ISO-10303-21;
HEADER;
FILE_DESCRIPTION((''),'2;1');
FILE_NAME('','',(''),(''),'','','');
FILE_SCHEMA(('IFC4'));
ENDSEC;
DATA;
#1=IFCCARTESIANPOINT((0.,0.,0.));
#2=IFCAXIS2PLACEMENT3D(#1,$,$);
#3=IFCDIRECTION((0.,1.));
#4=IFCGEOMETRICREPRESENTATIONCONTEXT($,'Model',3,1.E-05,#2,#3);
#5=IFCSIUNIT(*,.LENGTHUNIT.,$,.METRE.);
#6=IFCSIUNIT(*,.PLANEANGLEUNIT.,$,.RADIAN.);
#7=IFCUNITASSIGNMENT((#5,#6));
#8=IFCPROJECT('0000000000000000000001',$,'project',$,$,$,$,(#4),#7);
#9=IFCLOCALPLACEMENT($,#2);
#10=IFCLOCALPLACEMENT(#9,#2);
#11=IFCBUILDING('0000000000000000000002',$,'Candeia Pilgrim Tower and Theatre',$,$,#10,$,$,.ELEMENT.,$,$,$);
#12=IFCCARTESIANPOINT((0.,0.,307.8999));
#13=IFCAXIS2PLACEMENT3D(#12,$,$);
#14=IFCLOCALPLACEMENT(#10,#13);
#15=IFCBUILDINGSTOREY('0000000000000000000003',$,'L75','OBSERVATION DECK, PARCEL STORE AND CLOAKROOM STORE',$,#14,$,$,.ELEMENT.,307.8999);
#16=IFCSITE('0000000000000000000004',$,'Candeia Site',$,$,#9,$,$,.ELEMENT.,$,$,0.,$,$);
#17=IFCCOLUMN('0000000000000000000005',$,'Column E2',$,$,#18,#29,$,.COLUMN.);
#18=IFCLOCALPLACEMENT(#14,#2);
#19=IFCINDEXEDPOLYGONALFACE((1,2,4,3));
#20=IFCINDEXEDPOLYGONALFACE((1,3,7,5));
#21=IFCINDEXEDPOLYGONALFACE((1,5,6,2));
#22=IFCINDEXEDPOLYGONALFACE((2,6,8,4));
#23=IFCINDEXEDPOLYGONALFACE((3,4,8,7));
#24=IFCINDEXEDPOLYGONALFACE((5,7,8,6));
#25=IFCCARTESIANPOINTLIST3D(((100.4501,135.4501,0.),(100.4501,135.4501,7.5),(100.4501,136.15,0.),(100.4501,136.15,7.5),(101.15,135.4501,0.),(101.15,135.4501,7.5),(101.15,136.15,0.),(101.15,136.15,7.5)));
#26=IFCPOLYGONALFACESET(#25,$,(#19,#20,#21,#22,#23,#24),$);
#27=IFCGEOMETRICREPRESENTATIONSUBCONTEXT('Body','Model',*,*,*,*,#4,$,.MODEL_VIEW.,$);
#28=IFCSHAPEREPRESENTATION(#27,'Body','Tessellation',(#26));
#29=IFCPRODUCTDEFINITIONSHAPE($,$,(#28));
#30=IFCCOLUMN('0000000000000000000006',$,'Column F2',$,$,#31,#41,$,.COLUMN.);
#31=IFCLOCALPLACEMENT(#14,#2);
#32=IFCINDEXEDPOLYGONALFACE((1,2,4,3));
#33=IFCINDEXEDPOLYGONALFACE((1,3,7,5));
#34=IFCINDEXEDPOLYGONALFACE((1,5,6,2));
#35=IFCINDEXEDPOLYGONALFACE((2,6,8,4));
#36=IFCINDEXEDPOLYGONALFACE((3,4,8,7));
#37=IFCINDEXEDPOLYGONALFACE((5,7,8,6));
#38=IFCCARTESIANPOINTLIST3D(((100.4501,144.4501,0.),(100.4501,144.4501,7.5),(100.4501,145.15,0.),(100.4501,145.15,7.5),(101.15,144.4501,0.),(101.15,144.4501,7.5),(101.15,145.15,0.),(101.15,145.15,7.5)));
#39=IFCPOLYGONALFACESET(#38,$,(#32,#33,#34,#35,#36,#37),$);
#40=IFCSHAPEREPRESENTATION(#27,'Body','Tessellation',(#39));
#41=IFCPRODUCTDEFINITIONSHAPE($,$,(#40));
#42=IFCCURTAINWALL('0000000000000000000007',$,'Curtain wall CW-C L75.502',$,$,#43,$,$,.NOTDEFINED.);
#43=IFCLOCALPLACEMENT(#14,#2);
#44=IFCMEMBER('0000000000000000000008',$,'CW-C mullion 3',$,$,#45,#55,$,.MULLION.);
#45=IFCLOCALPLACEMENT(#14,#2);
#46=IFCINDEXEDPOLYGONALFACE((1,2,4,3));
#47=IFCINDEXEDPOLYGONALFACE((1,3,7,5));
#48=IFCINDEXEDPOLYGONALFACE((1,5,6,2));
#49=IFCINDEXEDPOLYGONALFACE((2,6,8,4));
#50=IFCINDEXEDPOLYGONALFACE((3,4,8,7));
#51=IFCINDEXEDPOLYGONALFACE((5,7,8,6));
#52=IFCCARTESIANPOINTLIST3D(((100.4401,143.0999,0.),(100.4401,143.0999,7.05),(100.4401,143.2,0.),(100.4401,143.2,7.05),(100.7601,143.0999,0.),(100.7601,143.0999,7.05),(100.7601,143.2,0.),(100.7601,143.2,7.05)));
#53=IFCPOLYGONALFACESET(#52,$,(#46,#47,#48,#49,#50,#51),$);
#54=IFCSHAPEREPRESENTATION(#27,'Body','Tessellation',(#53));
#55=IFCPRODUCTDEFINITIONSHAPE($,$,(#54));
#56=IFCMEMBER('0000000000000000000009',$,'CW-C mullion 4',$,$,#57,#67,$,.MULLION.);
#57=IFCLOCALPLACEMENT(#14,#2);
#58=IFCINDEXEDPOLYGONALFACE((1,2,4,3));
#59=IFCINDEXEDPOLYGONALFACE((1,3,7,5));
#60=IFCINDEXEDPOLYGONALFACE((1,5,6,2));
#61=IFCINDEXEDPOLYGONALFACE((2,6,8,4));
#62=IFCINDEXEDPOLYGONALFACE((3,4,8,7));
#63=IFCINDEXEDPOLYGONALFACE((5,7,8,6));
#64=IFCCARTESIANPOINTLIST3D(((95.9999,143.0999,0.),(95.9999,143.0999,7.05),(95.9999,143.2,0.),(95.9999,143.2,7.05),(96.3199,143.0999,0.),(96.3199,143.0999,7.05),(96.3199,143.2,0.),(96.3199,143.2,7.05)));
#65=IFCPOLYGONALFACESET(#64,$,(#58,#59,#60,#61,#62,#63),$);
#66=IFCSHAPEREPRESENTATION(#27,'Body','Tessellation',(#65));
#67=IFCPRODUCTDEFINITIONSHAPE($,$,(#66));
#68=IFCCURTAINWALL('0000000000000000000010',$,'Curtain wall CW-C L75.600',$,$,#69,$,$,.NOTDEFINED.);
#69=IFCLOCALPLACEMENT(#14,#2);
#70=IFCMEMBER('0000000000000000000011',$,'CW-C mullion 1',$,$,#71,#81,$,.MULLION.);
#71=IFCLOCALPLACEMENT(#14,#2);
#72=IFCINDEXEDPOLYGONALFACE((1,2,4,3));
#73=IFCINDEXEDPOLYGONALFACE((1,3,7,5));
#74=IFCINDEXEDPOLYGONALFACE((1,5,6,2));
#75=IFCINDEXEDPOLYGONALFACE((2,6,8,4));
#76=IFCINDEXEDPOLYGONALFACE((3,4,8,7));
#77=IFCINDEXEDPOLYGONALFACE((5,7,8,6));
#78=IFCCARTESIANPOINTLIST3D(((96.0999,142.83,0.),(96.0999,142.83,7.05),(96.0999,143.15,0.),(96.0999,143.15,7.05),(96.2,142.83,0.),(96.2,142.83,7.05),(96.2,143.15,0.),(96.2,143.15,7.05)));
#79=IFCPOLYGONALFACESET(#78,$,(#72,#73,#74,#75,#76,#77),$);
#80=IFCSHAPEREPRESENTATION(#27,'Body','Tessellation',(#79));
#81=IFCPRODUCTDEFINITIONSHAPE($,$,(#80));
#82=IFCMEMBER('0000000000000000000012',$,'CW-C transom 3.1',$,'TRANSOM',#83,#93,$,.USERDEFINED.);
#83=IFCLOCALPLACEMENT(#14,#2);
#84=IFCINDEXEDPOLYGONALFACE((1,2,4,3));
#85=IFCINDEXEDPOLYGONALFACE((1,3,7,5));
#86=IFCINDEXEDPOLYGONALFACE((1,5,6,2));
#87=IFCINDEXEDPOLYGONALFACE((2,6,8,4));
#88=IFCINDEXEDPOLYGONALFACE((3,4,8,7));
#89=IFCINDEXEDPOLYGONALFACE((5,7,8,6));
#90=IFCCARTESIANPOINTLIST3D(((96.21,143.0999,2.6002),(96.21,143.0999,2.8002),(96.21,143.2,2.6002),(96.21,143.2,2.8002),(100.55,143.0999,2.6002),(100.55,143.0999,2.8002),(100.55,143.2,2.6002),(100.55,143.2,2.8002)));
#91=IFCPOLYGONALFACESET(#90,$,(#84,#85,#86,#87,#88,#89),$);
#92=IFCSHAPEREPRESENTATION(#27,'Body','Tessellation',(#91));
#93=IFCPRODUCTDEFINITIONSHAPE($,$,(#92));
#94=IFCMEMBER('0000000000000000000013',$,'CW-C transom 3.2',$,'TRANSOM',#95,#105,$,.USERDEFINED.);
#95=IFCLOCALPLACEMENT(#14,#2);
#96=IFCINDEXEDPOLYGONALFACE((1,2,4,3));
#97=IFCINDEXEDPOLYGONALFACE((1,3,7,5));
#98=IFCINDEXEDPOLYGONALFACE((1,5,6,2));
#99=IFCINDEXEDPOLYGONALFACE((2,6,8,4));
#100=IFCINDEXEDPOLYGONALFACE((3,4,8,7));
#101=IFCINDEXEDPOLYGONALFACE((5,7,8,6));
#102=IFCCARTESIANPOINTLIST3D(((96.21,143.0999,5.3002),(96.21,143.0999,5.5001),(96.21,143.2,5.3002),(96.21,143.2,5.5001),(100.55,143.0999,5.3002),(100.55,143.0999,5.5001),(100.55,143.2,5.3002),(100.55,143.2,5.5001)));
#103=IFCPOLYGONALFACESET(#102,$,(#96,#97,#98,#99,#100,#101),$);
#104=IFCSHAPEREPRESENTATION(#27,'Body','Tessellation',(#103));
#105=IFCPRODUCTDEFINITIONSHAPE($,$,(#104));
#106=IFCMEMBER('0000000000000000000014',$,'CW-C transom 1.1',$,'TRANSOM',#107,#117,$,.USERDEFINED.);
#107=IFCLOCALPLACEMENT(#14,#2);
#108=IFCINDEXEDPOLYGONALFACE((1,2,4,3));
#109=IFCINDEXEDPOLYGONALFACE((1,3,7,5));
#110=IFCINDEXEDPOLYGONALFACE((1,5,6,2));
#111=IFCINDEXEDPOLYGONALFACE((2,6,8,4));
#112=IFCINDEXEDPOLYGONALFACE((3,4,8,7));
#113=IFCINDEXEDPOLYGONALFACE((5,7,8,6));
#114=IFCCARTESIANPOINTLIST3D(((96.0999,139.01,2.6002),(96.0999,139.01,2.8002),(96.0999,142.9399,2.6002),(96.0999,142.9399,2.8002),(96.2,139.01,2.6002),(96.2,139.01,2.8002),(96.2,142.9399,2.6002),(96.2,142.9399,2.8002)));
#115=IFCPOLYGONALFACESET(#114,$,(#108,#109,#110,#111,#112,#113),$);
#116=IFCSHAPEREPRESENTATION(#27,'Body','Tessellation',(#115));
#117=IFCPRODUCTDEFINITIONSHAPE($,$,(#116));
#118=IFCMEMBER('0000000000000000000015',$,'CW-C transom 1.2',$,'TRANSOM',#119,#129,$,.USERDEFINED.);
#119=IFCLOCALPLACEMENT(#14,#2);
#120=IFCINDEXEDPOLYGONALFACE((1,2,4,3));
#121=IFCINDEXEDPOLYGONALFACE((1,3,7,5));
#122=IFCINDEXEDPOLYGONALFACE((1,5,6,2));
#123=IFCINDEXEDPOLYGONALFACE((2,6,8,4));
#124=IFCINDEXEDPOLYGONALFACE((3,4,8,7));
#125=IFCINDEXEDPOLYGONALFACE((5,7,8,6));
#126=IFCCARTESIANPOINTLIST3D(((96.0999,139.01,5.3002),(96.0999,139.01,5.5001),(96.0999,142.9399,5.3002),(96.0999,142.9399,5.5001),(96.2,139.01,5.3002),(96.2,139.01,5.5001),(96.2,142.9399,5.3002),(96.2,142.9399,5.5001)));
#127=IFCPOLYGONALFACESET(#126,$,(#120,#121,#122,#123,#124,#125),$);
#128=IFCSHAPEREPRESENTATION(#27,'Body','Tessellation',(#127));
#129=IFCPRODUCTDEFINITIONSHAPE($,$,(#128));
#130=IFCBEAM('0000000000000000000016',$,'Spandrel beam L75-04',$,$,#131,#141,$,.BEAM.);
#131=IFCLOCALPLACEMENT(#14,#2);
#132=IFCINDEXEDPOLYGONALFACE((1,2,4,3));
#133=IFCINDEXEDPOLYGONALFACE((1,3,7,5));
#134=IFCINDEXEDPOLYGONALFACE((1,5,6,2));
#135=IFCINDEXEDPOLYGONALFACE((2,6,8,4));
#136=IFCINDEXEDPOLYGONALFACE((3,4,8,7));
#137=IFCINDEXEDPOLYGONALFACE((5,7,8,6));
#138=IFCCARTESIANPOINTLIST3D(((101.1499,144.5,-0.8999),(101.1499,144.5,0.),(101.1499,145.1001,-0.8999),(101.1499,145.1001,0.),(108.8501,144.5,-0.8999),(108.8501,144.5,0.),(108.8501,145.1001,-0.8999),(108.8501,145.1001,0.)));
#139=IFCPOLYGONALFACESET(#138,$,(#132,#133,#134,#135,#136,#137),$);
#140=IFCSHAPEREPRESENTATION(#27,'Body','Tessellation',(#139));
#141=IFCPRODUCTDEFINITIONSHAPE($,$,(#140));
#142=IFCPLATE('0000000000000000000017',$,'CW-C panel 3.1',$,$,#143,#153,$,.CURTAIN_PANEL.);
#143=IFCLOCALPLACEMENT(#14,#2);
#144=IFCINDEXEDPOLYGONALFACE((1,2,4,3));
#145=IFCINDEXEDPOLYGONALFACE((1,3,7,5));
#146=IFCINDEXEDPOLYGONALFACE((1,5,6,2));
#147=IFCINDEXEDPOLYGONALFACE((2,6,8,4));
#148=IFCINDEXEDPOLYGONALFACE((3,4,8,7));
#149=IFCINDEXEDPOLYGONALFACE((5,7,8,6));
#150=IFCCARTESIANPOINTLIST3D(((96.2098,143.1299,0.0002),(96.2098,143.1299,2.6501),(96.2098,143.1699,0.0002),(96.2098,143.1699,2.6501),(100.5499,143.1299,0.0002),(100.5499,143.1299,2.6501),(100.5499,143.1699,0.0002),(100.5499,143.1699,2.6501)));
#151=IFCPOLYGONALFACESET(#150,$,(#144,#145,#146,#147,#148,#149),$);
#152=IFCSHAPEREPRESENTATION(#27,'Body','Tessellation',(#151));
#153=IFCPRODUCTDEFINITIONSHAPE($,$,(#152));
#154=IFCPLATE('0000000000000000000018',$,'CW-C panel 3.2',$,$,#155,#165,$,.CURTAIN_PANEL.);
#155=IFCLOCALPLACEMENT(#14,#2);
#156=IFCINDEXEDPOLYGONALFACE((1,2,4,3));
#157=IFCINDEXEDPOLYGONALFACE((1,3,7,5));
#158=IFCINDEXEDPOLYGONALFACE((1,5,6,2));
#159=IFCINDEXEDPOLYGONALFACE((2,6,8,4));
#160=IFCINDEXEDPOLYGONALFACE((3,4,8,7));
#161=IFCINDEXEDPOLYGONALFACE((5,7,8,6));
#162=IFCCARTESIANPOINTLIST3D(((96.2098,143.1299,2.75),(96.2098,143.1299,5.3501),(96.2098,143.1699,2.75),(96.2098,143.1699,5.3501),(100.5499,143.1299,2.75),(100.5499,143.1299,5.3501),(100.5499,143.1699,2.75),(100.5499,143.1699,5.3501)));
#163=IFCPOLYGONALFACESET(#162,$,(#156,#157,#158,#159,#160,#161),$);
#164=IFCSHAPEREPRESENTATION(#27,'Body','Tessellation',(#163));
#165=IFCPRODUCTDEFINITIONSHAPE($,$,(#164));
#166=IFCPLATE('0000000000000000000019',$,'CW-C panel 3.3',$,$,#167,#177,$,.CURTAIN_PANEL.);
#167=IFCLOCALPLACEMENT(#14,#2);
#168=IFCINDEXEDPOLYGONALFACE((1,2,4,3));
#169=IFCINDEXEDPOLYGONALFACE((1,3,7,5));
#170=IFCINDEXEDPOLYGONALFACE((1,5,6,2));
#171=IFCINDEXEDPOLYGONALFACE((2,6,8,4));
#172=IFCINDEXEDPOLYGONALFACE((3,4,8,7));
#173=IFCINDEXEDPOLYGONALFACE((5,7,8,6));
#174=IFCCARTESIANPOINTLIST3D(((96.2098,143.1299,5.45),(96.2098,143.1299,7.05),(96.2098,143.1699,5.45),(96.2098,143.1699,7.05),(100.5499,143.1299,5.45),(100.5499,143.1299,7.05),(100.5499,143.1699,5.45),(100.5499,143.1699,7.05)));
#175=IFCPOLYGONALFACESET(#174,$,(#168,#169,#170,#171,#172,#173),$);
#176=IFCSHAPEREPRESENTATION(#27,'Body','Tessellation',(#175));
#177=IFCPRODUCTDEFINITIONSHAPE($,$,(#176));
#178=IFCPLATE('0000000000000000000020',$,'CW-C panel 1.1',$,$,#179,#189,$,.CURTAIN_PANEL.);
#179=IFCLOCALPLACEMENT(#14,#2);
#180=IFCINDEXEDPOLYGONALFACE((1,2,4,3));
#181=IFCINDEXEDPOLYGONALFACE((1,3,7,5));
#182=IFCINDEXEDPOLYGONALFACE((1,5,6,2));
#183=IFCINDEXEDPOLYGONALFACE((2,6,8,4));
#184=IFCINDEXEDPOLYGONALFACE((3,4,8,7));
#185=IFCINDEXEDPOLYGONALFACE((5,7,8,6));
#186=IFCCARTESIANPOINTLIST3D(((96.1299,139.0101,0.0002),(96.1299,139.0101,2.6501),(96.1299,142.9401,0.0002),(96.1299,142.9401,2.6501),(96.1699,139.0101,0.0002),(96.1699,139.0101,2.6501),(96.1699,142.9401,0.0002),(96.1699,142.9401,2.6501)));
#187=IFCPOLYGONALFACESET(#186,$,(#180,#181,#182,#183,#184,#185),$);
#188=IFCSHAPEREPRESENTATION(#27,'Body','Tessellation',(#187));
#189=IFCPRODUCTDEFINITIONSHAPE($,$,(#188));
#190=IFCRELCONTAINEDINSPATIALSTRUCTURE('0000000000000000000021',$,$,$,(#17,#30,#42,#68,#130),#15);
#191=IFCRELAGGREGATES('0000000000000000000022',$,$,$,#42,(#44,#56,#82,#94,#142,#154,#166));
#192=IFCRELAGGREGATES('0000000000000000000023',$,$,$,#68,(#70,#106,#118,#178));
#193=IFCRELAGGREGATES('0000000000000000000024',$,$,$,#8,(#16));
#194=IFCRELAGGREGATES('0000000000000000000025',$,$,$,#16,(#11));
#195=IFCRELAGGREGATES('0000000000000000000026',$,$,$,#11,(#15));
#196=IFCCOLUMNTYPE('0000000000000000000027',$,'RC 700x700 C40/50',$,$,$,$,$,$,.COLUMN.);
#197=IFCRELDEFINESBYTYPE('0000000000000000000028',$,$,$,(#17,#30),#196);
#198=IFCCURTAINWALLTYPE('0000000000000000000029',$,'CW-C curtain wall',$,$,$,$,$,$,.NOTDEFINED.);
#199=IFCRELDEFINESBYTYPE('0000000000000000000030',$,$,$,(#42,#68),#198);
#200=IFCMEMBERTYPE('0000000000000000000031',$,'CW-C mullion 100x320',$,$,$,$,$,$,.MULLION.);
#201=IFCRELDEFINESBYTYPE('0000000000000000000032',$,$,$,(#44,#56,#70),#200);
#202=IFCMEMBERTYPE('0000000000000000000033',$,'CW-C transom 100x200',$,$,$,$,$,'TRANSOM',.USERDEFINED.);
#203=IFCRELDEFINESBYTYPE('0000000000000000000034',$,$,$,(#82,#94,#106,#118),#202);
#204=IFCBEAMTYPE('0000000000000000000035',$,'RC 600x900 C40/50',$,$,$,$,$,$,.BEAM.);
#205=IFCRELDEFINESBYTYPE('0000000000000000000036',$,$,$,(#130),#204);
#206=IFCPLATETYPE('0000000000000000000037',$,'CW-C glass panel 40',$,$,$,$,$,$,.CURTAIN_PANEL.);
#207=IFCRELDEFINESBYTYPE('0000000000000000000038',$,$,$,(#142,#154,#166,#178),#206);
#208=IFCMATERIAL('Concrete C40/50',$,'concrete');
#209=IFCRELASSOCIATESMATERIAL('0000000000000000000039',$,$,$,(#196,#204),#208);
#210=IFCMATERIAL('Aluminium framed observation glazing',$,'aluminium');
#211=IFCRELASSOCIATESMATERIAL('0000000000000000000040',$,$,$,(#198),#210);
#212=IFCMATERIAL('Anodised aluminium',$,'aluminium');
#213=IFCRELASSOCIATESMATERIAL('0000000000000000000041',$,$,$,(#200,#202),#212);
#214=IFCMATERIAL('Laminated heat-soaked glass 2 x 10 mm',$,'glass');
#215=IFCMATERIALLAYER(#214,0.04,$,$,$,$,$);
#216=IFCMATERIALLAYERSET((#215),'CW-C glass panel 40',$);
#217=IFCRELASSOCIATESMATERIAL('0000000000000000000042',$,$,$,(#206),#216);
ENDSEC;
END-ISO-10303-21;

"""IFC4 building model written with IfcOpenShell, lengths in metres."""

from ifc_helpers import new_model, si_unit, direction, frame, origin, origin_2d, place, context, subcontext, project, spatial, rectangle, extrude, material, layer, layer_set, material_profile, profile_set, type_object, element, aggregate, save


model = new_model("IFC4")

# Units and contexts
model_context = context("Model", 3, precision=1e-05, world=origin(), true_north=direction((0.0, 1.0)))
body_context = subcontext(model_context, "Body", "Model", "MODEL_VIEW")
ifc_project = project(units=[si_unit("LENGTHUNIT", "METRE"), si_unit("PLANEANGLEUNIT", "RADIAN")], contexts=[model_context])

# Site, building, storey
site_placement = place(None, origin())
site = spatial("IfcSite", under=ifc_project, at=site_placement, Name="Candeia Site", CompositionType="ELEMENT", RefElevation=0.0)
building_placement = place(site_placement, origin())
building = spatial("IfcBuilding", under=site, at=building_placement, Name="Candeia Pilgrim Tower and Theatre", CompositionType="ELEMENT")
storey_placement = place(building_placement, frame((0.0, 0.0, 307.8999)))
storey = spatial("IfcBuildingStorey", under=building, at=storey_placement, Name="L75", Description="OBSERVATION DECK, PARCEL STORE AND CLOAKROOM STORE", CompositionType="ELEMENT", Elevation=307.8999)

# Columns
ifc_material_1 = material(Name="Concrete C40/50", Category="concrete")
ifc_material_profile_1 = material_profile(ifc_material_1, rectangle(XDim=0.7, YDim=0.7, at=origin_2d()))
ifc_profile_set_1 = profile_set([ifc_material_profile_1], Name="Concrete C40/50")
column_type = type_object("IfcColumnType", Name="RC 700x700 C40/50", PredefinedType="COLUMN", material=ifc_profile_set_1)
for number, where, z_axis, x_axis, name in (
    (1, (100.8, 135.8, 0.0), (0.0, 0.0, 1.0), (1.0, 0.0, 0.0), "Column E2"),
    (2, (100.8, 144.8, 0.0), (0.0, 0.0, 1.0), (1.0, 0.0, 0.0), "Column F2"),
):
    element("IfcColumn", number, at=place(storey_placement, frame(where, z_axis=z_axis, x_axis=x_axis)), inside=storey, type_object=column_type, Name=name, PredefinedType="COLUMN", context=body_context, shape_type="SweptSolid", body=[
        extrude(rectangle(XDim=0.7, YDim=0.7, at=origin_2d()), origin(), (0.0, 0.0, 1.0), 7.5),
    ])

# Curtain wall, members
ifc_material_2 = material(Name="Aluminium framed observation glazing", Category="aluminium")
curtain_wall_type = type_object("IfcCurtainWallType", Name="CW-C curtain wall", PredefinedType="NOTDEFINED", material=ifc_material_2)
curtain_wall_1_placement = place(storey_placement, origin())
curtain_wall_1 = element("IfcCurtainWall", 3, at=curtain_wall_1_placement, inside=storey, type_object=curtain_wall_type, Name="Curtain wall CW-C L75.502", PredefinedType="NOTDEFINED")
ifc_material_3 = material(Name="Anodised aluminium", Category="aluminium")
ifc_material_profile_2 = material_profile(ifc_material_3, rectangle(XDim=0.1001, YDim=0.3201, at=origin_2d()))
ifc_profile_set_2 = profile_set([ifc_material_profile_2], Name="Anodised aluminium")
member_type_1 = type_object("IfcMemberType", Name="CW-C mullion 100x320", PredefinedType="MULLION", material=ifc_profile_set_2)
member_1_placement = place(storey_placement, frame((100.6001, 143.1499, 0.0), z_axis=(0.0, 0.0, 1.0), x_axis=(0.0, -1.0, 0.0)))
member_1 = element("IfcMember", 4, at=member_1_placement, type_object=member_type_1, Name="CW-C mullion 3", PredefinedType="MULLION", context=body_context, shape_type="SweptSolid", body=[
    extrude(rectangle(XDim=0.1001, YDim=0.3201, at=origin_2d()), origin(), (0.0, 0.0, 1.0), 7.05),
])
member_2_placement = place(storey_placement, frame((96.1599, 143.1499, 0.0), z_axis=(0.0, 0.0, 1.0), x_axis=(0.0, -1.0, 0.0)))
member_2 = element("IfcMember", 5, at=member_2_placement, type_object=member_type_1, Name="CW-C mullion 4", PredefinedType="MULLION", context=body_context, shape_type="SweptSolid", body=[
    extrude(rectangle(XDim=0.1001, YDim=0.3201, at=origin_2d()), origin(), (0.0, 0.0, 1.0), 7.05),
])

# Curtain wall, member
curtain_wall_2_placement = place(storey_placement, origin())
curtain_wall_2 = element("IfcCurtainWall", 6, at=curtain_wall_2_placement, inside=storey, type_object=curtain_wall_type, Name="Curtain wall CW-C L75.600", PredefinedType="NOTDEFINED")
member_3_placement = place(storey_placement, frame((96.1499, 142.99, 0.0), z_axis=(0.0, 0.0, 1.0), x_axis=(1.0, 0.0, 0.0)))
member_3 = element("IfcMember", 7, at=member_3_placement, type_object=member_type_1, Name="CW-C mullion 1", PredefinedType="MULLION", context=body_context, shape_type="SweptSolid", body=[
    extrude(rectangle(XDim=0.1001, YDim=0.3201, at=origin_2d()), origin(), (0.0, 0.0, 1.0), 7.05),
])

# Members
ifc_material_profile_3 = material_profile(ifc_material_3, rectangle(XDim=0.1001, YDim=0.2, at=origin_2d()))
ifc_profile_set_3 = profile_set([ifc_material_profile_3], Name="Anodised aluminium")
member_type_2 = type_object("IfcMemberType", Name="CW-C transom 100x200", ElementType="TRANSOM", PredefinedType="USERDEFINED", material=ifc_profile_set_3)
member_4_placement = place(storey_placement, frame((100.55, 143.1499, 2.7002), z_axis=(-1.0, 0.0, 0.0), x_axis=(0.0, -1.0, 0.0)))
member_4 = element("IfcMember", 8, at=member_4_placement, type_object=member_type_2, Name="CW-C transom 3.1", ObjectType="TRANSOM", PredefinedType="USERDEFINED", context=body_context, shape_type="SweptSolid", body=[
    extrude(rectangle(XDim=0.1001, YDim=0.2, at=origin_2d()), origin(), (0.0, 0.0, 1.0), 4.3401),
])
member_5_placement = place(storey_placement, frame((100.55, 143.1499, 5.4001), z_axis=(-1.0, 0.0, 0.0), x_axis=(0.0, -1.0, 0.0)))
member_5 = element("IfcMember", 9, at=member_5_placement, type_object=member_type_2, Name="CW-C transom 3.2", ObjectType="TRANSOM", PredefinedType="USERDEFINED", context=body_context, shape_type="SweptSolid", body=[
    extrude(rectangle(XDim=0.1001, YDim=0.2, at=origin_2d()), origin(), (0.0, 0.0, 1.0), 4.3401),
])
member_6_placement = place(storey_placement, frame((96.1499, 142.9399, 2.7002), z_axis=(0.0, -1.0, 0.0), x_axis=(1.0, 0.0, 0.0)))
member_6 = element("IfcMember", 10, at=member_6_placement, type_object=member_type_2, Name="CW-C transom 1.1", ObjectType="TRANSOM", PredefinedType="USERDEFINED", context=body_context, shape_type="SweptSolid", body=[
    extrude(rectangle(XDim=0.1001, YDim=0.2, at=origin_2d()), origin(), (0.0, 0.0, 1.0), 3.9299),
])
member_7_placement = place(storey_placement, frame((96.1499, 142.9399, 5.4001), z_axis=(0.0, -1.0, 0.0), x_axis=(1.0, 0.0, 0.0)))
member_7 = element("IfcMember", 11, at=member_7_placement, type_object=member_type_2, Name="CW-C transom 1.2", ObjectType="TRANSOM", PredefinedType="USERDEFINED", context=body_context, shape_type="SweptSolid", body=[
    extrude(rectangle(XDim=0.1001, YDim=0.2, at=origin_2d()), origin(), (0.0, 0.0, 1.0), 3.9299),
])

# Beam
ifc_material_profile_4 = material_profile(ifc_material_1, rectangle(XDim=0.6001, YDim=0.8999, at=origin_2d()))
ifc_profile_set_4 = profile_set([ifc_material_profile_4], Name="Concrete C40/50")
beam_type = type_object("IfcBeamType", Name="RC 600x900 C40/50", PredefinedType="BEAM", material=ifc_profile_set_4)
beam_placement = place(storey_placement, frame((101.1499, 144.8, -0.45), z_axis=(1.0, 0.0, 0.0), x_axis=(0.0, 1.0, 0.0)))
element("IfcBeam", 12, at=beam_placement, inside=storey, type_object=beam_type, Name="Spandrel beam L75-04", PredefinedType="BEAM", context=body_context, shape_type="SweptSolid", body=[
    extrude(rectangle(XDim=0.6001, YDim=0.8999, at=origin_2d()), origin(), (0.0, 0.0, 1.0), 7.7002),
])

# Plates
ifc_material_4 = material(Name="Laminated heat-soaked glass 2 x 10 mm", Category="glass")
ifc_layer_1 = layer(ifc_material_4, 0.04)
ifc_layer_set_1 = layer_set([ifc_layer_1], Name="CW-C glass panel 40")
plate_type = type_object("IfcPlateType", Name="CW-C glass panel 40", PredefinedType="CURTAIN_PANEL", material=ifc_layer_set_1)
plate_1_placement = place(storey_placement, frame((98.3799, 143.1499, 0.0002), z_axis=(0.0, 0.0, 1.0), x_axis=(-1.0, 0.0, 0.0)))
plate_1 = element("IfcPlate", 13, at=plate_1_placement, type_object=plate_type, Name="CW-C panel 3.1", PredefinedType="CURTAIN_PANEL", context=body_context, shape_type="SweptSolid", body=[
    extrude(rectangle(XDim=4.3401, YDim=0.04, at=origin_2d()), origin(), (0.0, 0.0, 1.0), 2.6499),
])
plate_2_placement = place(storey_placement, frame((98.3799, 143.1499, 2.75), z_axis=(0.0, 0.0, 1.0), x_axis=(-1.0, 0.0, 0.0)))
plate_2 = element("IfcPlate", 14, at=plate_2_placement, type_object=plate_type, Name="CW-C panel 3.2", PredefinedType="CURTAIN_PANEL", context=body_context, shape_type="SweptSolid", body=[
    extrude(rectangle(XDim=4.3401, YDim=0.04, at=origin_2d()), origin(), (0.0, 0.0, 1.0), 2.6001),
])
plate_3_placement = place(storey_placement, frame((98.3799, 143.1499, 5.45), z_axis=(0.0, 0.0, 1.0), x_axis=(-1.0, 0.0, 0.0)))
plate_3 = element("IfcPlate", 15, at=plate_3_placement, type_object=plate_type, Name="CW-C panel 3.3", PredefinedType="CURTAIN_PANEL", context=body_context, shape_type="SweptSolid", body=[
    extrude(rectangle(XDim=4.3401, YDim=0.04, at=origin_2d()), origin(), (0.0, 0.0, 1.0), 1.6001),
])
aggregate(curtain_wall_1, [member_1, member_2, member_4, member_5, plate_1, plate_2, plate_3])
plate_4_placement = place(storey_placement, frame((96.1499, 140.9751, 0.0002), z_axis=(0.0, 0.0, 1.0), x_axis=(0.0, -1.0, 0.0)))
plate_4 = element("IfcPlate", 16, at=plate_4_placement, type_object=plate_type, Name="CW-C panel 1.1", PredefinedType="CURTAIN_PANEL", context=body_context, shape_type="SweptSolid", body=[
    extrude(rectangle(XDim=3.9299, YDim=0.04, at=origin_2d()), origin(), (0.0, 0.0, 1.0), 2.6499),
])
aggregate(curtain_wall_2, [member_3, member_6, member_7, plate_4])

save(model, "model.ifc")
